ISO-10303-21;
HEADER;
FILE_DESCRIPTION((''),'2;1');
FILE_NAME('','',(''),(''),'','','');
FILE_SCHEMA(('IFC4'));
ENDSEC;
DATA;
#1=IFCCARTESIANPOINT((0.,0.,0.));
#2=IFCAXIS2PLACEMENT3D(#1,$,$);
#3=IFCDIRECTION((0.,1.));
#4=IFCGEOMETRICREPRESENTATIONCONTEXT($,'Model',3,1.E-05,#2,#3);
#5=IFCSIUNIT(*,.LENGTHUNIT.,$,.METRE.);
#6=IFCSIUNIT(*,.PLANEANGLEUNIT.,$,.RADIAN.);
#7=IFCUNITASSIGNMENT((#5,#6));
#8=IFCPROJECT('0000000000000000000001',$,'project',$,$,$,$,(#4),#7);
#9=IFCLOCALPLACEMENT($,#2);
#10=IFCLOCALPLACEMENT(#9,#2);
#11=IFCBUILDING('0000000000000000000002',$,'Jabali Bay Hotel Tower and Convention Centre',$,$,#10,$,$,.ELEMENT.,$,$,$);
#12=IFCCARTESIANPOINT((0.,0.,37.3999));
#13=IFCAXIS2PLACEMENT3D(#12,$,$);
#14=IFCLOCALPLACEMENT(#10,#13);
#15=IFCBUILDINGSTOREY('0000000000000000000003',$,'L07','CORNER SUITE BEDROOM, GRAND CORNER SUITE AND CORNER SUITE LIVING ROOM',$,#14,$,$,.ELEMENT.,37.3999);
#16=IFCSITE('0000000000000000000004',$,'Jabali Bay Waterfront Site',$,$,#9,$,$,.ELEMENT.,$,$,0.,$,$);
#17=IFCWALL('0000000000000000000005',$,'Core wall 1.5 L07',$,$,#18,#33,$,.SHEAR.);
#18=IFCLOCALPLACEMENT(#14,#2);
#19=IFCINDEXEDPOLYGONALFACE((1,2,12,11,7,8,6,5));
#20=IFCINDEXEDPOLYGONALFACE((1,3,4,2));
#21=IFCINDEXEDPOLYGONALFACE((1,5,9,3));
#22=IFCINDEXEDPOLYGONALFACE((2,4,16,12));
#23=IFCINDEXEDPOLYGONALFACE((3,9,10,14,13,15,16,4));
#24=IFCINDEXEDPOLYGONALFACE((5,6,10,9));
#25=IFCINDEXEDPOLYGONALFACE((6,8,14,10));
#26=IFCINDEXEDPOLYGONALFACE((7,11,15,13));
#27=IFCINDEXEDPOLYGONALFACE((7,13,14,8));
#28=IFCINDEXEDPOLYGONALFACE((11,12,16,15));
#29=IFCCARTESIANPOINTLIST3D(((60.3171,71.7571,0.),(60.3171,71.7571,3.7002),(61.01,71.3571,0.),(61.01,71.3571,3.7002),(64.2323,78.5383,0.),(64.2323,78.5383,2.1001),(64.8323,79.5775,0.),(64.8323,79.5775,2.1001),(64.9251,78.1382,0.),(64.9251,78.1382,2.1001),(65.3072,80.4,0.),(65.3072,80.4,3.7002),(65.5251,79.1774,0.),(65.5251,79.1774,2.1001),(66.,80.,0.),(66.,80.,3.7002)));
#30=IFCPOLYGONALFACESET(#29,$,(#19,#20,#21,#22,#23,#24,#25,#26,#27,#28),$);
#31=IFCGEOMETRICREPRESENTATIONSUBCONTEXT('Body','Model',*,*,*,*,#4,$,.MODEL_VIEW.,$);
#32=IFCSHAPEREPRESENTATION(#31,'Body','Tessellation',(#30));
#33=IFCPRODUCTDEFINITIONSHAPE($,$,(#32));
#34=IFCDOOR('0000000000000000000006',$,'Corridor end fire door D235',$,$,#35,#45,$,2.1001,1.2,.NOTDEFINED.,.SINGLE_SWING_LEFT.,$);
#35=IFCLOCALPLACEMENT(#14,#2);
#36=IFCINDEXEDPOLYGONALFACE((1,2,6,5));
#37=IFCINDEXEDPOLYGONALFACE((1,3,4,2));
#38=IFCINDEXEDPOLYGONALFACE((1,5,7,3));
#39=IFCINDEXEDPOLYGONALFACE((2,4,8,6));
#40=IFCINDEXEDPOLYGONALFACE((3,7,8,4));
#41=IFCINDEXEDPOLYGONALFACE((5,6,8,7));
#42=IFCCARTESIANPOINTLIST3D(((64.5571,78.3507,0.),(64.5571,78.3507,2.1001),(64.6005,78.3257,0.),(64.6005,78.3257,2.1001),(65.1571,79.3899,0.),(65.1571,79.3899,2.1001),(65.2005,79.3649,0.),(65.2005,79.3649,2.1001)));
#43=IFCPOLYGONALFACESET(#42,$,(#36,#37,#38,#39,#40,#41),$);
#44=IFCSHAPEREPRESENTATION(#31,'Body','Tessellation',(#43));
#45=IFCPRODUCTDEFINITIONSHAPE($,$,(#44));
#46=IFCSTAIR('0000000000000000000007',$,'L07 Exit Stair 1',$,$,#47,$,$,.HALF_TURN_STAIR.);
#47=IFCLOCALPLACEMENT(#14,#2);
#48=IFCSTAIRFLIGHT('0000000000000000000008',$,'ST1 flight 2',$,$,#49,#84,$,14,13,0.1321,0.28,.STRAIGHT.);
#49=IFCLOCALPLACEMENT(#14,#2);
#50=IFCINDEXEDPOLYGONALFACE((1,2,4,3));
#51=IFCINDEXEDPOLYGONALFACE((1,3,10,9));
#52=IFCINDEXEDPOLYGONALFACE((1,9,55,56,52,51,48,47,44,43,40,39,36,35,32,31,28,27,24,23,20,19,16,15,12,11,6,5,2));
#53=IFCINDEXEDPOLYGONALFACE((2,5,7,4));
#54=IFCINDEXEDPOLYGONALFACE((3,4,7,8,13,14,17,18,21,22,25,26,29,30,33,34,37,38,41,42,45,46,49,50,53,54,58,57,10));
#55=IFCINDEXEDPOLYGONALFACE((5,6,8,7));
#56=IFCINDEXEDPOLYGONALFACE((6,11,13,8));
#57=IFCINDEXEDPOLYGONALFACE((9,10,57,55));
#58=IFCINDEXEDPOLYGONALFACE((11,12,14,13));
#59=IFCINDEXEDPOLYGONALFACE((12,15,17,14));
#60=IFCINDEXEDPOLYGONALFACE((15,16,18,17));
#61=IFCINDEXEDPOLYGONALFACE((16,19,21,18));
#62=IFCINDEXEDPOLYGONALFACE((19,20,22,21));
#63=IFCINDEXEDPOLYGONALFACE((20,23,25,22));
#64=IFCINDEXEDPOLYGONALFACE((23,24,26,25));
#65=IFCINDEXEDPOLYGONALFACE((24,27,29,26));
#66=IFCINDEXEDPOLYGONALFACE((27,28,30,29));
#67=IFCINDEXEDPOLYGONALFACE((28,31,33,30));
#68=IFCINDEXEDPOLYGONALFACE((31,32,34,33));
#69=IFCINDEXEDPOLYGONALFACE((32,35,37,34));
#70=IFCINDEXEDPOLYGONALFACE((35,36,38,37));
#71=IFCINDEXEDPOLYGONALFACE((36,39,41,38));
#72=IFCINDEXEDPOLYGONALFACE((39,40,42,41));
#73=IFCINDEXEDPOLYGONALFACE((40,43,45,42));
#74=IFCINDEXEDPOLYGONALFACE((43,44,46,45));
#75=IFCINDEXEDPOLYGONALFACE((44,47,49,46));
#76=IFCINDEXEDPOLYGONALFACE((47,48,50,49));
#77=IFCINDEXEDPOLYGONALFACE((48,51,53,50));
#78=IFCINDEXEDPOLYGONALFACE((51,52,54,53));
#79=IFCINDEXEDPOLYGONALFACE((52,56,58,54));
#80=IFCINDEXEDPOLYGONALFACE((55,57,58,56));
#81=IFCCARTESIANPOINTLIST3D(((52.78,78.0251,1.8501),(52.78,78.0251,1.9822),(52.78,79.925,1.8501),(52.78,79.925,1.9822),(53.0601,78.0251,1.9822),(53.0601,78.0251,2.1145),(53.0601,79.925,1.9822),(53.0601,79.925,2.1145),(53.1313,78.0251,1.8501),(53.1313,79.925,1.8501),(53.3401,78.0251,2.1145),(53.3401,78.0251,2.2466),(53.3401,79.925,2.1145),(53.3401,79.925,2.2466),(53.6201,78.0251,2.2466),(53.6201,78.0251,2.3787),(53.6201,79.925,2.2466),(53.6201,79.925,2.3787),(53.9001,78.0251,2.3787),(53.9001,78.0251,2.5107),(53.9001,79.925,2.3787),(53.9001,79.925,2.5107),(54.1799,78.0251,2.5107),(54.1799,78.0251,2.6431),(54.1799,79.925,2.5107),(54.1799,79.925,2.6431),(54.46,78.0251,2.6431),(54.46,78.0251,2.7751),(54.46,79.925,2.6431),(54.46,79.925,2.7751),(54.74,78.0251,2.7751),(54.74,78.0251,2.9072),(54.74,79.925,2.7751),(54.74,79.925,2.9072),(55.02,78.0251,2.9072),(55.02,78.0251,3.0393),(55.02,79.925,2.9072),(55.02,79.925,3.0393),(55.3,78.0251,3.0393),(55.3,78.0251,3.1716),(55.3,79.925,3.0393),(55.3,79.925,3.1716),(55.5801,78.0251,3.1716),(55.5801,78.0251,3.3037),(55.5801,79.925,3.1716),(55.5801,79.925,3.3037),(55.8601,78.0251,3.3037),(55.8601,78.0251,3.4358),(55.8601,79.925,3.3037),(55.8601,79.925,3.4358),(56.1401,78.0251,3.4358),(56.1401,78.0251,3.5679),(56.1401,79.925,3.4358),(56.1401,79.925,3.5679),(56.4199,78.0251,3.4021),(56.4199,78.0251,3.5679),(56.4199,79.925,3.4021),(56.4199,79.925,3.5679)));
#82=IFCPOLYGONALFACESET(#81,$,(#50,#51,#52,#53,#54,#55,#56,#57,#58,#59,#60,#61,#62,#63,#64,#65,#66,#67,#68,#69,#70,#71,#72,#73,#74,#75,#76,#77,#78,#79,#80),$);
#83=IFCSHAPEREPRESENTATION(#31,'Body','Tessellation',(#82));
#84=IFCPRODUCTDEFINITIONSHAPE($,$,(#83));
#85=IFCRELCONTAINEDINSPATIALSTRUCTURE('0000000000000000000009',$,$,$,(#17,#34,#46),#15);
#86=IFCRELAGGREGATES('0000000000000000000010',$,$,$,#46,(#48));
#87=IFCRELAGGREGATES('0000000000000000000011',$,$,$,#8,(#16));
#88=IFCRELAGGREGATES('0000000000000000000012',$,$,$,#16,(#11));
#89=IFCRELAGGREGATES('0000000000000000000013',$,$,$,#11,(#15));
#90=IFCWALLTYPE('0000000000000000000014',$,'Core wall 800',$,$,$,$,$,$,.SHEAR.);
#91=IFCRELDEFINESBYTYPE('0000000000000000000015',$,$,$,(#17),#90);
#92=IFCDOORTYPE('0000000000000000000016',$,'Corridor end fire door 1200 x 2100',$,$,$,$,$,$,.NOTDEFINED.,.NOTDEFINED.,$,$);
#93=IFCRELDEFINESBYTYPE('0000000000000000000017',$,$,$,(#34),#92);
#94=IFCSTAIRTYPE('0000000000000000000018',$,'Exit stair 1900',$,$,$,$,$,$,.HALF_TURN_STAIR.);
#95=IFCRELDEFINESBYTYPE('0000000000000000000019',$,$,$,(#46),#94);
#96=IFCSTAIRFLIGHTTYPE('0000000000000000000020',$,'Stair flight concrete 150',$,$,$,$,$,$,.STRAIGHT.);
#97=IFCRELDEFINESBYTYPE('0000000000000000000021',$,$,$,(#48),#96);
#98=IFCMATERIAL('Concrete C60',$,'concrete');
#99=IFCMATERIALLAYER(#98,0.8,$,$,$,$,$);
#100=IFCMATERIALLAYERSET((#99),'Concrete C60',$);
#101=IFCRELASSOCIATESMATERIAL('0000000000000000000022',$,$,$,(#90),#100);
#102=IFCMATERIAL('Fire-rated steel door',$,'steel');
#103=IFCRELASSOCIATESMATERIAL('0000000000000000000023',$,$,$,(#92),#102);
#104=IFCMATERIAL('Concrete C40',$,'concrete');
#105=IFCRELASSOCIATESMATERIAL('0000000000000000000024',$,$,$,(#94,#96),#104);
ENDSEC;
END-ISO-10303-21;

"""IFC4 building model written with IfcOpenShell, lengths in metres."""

from ifc_helpers import new_model, si_unit, direction, frame, frame_2d, origin, place, context, subcontext, project, spatial, polyline, rectangle, outline, extrude, material, layer, layer_set, type_object, element, fill, aggregate, save


model = new_model("IFC4")

# Units and contexts
model_context = context("Model", 3, precision=1e-05, world=origin(), true_north=direction((0.0, 1.0)))
body_context = subcontext(model_context, "Body", "Model", "MODEL_VIEW")
ifc_project = project(units=[si_unit("LENGTHUNIT", "METRE"), si_unit("PLANEANGLEUNIT", "RADIAN")], contexts=[model_context])

# Site, building, storey
site_placement = place(None, origin())
site = spatial("IfcSite", under=ifc_project, at=site_placement, Name="Jabali Bay Waterfront Site", CompositionType="ELEMENT", RefElevation=0.0)
building_placement = place(site_placement, origin())
building = spatial("IfcBuilding", under=site, at=building_placement, Name="Jabali Bay Hotel Tower and Convention Centre", CompositionType="ELEMENT")
storey_placement = place(building_placement, frame((0.0, 0.0, 37.3999)))
storey = spatial("IfcBuildingStorey", under=building, at=storey_placement, Name="L07", Description="CORNER SUITE BEDROOM, GRAND CORNER SUITE AND CORNER SUITE LIVING ROOM", CompositionType="ELEMENT", Elevation=37.3999)

# Shared definitions
ifc_material_1 = material(Name="Concrete C40", Category="concrete")
ifc_material_2 = material(Name="Fire-rated steel door", Category="steel")

# Shared definitions
ifc_material_3 = material(Name="Concrete C60", Category="concrete")
ifc_layer_1 = layer(ifc_material_3, 0.8)
ifc_layer_set_1 = layer_set([ifc_layer_1], Name="Concrete C60")
wall_type_1 = type_object("IfcWallType", Name="Core wall 800", PredefinedType="SHEAR", material=ifc_layer_set_1)

# Wall, opening, door
wall_1_placement = place(storey_placement, frame((60.6636, 71.5571, 0.0), z_axis=(0.0, 0.0, 1.0), x_axis=(0.500004, 0.866023, 0.0)))
wall_1 = element("IfcWall", 1, at=wall_1_placement, inside=storey, type_object=wall_type_1, Name="Core wall 1.5 L07", PredefinedType="SHEAR", context=body_context, shape_type="SweptSolid", body=[
    extrude(rectangle(XDim=9.98, YDim=0.8, at=frame_2d((4.99, 0.0))), origin(), (0.0, 0.0, 1.0), 3.7002),
])
opening_1_placement = place(wall_1_placement, frame((7.8301, 0.0, 0.0)))
opening_1 = element("IfcOpeningElement", 2, at=opening_1_placement, cuts=wall_1, PredefinedType="OPENING", context=body_context, shape_type="SweptSolid", body=[
    extrude(rectangle(XDim=1.2, YDim=2.1001, at=frame_2d((0.6001, 1.05))), frame((0.0, 0.4106, 0.0), z_axis=(0.0, -1.0, 0.0), x_axis=(1.0, 0.0, 0.0)), (0.0, 0.0, 1.0), 0.821),
])
door_type_1 = type_object("IfcDoorType", Name="Corridor end fire door 1200 x 2100", OperationType="NOTDEFINED", PredefinedType="NOTDEFINED", material=ifc_material_2)
door_1_placement = place(opening_1_placement, origin())
door_1 = element("IfcDoor", 3, at=door_1_placement, inside=storey, type_object=door_type_1, Name="Corridor end fire door D235", OperationType="SINGLE_SWING_LEFT", OverallHeight=2.1001, OverallWidth=1.2, PredefinedType="NOTDEFINED", context=body_context, shape_type="SweptSolid", body=[
    extrude(rectangle(XDim=1.2, YDim=2.1001, at=frame_2d((0.6001, 1.05))), frame((0.0, 0.0249, 0.0), z_axis=(0.0, -1.0, 0.0), x_axis=(1.0, 0.0, 0.0)), (0.0, 0.0, 1.0), 0.05),
])
fill(opening_1, door_1)

# Stair, stair flight
stair_type = type_object("IfcStairType", Name="Exit stair 1900", PredefinedType="HALF_TURN_STAIR", material=ifc_material_1)
stair_placement = place(storey_placement, origin())
stair = element("IfcStair", 4, at=stair_placement, inside=storey, type_object=stair_type, Name="L07 Exit Stair 1", PredefinedType="HALF_TURN_STAIR")
stair_flight_type = type_object("IfcStairFlightType", Name="Stair flight concrete 150", PredefinedType="STRAIGHT", material=ifc_material_1)
stair_flight_placement = place(storey_placement, frame((52.78, 78.9751, 1.8501), z_axis=(0.0, 0.0, 1.0), x_axis=(1.0, 0.0, 0.0)))
stair_flight = element("IfcStairFlight", 5, at=stair_flight_placement, type_object=stair_flight_type, Name="ST1 flight 2", NumberOfRisers=14, NumberOfTreads=13, PredefinedType="STRAIGHT", RiserHeight=0.1321, TreadLength=0.28, context=body_context, shape_type="SweptSolid", body=[
    extrude(outline(polyline([(0.0, 0.0), (0.0, 0.1321), (0.28, 0.1321), (0.28, 0.2644), (0.5601, 0.2644), (0.5601, 0.3965), (0.8401, 0.3965), (0.8401, 0.5286), (1.1201, 0.5286), (1.1201, 0.6606), (1.3999, 0.6606), (1.3999, 0.793), (1.6799, 0.793), (1.6799, 0.925), (1.96, 0.925), (1.96, 1.0571), (2.24, 1.0571), (2.24, 1.1892), (2.52, 1.1892), (2.52, 1.3215), (2.8, 1.3215), (2.8, 1.4536), (3.0801, 1.4536), (3.0801, 1.5857), (3.3601, 1.5857), (3.3601, 1.7178), (3.6399, 1.7178), (3.6399, 1.8501), (3.6399, 1.552), (0.3513, 0.0), (0.0, 0.0)])), frame((0.0, 0.95, 0.0), z_axis=(0.0, -1.0, 0.0), x_axis=(1.0, 0.0, 0.0)), (0.0, 0.0, 1.0), 1.8999),
])
aggregate(stair, [stair_flight])

save(model, "model.ifc")
